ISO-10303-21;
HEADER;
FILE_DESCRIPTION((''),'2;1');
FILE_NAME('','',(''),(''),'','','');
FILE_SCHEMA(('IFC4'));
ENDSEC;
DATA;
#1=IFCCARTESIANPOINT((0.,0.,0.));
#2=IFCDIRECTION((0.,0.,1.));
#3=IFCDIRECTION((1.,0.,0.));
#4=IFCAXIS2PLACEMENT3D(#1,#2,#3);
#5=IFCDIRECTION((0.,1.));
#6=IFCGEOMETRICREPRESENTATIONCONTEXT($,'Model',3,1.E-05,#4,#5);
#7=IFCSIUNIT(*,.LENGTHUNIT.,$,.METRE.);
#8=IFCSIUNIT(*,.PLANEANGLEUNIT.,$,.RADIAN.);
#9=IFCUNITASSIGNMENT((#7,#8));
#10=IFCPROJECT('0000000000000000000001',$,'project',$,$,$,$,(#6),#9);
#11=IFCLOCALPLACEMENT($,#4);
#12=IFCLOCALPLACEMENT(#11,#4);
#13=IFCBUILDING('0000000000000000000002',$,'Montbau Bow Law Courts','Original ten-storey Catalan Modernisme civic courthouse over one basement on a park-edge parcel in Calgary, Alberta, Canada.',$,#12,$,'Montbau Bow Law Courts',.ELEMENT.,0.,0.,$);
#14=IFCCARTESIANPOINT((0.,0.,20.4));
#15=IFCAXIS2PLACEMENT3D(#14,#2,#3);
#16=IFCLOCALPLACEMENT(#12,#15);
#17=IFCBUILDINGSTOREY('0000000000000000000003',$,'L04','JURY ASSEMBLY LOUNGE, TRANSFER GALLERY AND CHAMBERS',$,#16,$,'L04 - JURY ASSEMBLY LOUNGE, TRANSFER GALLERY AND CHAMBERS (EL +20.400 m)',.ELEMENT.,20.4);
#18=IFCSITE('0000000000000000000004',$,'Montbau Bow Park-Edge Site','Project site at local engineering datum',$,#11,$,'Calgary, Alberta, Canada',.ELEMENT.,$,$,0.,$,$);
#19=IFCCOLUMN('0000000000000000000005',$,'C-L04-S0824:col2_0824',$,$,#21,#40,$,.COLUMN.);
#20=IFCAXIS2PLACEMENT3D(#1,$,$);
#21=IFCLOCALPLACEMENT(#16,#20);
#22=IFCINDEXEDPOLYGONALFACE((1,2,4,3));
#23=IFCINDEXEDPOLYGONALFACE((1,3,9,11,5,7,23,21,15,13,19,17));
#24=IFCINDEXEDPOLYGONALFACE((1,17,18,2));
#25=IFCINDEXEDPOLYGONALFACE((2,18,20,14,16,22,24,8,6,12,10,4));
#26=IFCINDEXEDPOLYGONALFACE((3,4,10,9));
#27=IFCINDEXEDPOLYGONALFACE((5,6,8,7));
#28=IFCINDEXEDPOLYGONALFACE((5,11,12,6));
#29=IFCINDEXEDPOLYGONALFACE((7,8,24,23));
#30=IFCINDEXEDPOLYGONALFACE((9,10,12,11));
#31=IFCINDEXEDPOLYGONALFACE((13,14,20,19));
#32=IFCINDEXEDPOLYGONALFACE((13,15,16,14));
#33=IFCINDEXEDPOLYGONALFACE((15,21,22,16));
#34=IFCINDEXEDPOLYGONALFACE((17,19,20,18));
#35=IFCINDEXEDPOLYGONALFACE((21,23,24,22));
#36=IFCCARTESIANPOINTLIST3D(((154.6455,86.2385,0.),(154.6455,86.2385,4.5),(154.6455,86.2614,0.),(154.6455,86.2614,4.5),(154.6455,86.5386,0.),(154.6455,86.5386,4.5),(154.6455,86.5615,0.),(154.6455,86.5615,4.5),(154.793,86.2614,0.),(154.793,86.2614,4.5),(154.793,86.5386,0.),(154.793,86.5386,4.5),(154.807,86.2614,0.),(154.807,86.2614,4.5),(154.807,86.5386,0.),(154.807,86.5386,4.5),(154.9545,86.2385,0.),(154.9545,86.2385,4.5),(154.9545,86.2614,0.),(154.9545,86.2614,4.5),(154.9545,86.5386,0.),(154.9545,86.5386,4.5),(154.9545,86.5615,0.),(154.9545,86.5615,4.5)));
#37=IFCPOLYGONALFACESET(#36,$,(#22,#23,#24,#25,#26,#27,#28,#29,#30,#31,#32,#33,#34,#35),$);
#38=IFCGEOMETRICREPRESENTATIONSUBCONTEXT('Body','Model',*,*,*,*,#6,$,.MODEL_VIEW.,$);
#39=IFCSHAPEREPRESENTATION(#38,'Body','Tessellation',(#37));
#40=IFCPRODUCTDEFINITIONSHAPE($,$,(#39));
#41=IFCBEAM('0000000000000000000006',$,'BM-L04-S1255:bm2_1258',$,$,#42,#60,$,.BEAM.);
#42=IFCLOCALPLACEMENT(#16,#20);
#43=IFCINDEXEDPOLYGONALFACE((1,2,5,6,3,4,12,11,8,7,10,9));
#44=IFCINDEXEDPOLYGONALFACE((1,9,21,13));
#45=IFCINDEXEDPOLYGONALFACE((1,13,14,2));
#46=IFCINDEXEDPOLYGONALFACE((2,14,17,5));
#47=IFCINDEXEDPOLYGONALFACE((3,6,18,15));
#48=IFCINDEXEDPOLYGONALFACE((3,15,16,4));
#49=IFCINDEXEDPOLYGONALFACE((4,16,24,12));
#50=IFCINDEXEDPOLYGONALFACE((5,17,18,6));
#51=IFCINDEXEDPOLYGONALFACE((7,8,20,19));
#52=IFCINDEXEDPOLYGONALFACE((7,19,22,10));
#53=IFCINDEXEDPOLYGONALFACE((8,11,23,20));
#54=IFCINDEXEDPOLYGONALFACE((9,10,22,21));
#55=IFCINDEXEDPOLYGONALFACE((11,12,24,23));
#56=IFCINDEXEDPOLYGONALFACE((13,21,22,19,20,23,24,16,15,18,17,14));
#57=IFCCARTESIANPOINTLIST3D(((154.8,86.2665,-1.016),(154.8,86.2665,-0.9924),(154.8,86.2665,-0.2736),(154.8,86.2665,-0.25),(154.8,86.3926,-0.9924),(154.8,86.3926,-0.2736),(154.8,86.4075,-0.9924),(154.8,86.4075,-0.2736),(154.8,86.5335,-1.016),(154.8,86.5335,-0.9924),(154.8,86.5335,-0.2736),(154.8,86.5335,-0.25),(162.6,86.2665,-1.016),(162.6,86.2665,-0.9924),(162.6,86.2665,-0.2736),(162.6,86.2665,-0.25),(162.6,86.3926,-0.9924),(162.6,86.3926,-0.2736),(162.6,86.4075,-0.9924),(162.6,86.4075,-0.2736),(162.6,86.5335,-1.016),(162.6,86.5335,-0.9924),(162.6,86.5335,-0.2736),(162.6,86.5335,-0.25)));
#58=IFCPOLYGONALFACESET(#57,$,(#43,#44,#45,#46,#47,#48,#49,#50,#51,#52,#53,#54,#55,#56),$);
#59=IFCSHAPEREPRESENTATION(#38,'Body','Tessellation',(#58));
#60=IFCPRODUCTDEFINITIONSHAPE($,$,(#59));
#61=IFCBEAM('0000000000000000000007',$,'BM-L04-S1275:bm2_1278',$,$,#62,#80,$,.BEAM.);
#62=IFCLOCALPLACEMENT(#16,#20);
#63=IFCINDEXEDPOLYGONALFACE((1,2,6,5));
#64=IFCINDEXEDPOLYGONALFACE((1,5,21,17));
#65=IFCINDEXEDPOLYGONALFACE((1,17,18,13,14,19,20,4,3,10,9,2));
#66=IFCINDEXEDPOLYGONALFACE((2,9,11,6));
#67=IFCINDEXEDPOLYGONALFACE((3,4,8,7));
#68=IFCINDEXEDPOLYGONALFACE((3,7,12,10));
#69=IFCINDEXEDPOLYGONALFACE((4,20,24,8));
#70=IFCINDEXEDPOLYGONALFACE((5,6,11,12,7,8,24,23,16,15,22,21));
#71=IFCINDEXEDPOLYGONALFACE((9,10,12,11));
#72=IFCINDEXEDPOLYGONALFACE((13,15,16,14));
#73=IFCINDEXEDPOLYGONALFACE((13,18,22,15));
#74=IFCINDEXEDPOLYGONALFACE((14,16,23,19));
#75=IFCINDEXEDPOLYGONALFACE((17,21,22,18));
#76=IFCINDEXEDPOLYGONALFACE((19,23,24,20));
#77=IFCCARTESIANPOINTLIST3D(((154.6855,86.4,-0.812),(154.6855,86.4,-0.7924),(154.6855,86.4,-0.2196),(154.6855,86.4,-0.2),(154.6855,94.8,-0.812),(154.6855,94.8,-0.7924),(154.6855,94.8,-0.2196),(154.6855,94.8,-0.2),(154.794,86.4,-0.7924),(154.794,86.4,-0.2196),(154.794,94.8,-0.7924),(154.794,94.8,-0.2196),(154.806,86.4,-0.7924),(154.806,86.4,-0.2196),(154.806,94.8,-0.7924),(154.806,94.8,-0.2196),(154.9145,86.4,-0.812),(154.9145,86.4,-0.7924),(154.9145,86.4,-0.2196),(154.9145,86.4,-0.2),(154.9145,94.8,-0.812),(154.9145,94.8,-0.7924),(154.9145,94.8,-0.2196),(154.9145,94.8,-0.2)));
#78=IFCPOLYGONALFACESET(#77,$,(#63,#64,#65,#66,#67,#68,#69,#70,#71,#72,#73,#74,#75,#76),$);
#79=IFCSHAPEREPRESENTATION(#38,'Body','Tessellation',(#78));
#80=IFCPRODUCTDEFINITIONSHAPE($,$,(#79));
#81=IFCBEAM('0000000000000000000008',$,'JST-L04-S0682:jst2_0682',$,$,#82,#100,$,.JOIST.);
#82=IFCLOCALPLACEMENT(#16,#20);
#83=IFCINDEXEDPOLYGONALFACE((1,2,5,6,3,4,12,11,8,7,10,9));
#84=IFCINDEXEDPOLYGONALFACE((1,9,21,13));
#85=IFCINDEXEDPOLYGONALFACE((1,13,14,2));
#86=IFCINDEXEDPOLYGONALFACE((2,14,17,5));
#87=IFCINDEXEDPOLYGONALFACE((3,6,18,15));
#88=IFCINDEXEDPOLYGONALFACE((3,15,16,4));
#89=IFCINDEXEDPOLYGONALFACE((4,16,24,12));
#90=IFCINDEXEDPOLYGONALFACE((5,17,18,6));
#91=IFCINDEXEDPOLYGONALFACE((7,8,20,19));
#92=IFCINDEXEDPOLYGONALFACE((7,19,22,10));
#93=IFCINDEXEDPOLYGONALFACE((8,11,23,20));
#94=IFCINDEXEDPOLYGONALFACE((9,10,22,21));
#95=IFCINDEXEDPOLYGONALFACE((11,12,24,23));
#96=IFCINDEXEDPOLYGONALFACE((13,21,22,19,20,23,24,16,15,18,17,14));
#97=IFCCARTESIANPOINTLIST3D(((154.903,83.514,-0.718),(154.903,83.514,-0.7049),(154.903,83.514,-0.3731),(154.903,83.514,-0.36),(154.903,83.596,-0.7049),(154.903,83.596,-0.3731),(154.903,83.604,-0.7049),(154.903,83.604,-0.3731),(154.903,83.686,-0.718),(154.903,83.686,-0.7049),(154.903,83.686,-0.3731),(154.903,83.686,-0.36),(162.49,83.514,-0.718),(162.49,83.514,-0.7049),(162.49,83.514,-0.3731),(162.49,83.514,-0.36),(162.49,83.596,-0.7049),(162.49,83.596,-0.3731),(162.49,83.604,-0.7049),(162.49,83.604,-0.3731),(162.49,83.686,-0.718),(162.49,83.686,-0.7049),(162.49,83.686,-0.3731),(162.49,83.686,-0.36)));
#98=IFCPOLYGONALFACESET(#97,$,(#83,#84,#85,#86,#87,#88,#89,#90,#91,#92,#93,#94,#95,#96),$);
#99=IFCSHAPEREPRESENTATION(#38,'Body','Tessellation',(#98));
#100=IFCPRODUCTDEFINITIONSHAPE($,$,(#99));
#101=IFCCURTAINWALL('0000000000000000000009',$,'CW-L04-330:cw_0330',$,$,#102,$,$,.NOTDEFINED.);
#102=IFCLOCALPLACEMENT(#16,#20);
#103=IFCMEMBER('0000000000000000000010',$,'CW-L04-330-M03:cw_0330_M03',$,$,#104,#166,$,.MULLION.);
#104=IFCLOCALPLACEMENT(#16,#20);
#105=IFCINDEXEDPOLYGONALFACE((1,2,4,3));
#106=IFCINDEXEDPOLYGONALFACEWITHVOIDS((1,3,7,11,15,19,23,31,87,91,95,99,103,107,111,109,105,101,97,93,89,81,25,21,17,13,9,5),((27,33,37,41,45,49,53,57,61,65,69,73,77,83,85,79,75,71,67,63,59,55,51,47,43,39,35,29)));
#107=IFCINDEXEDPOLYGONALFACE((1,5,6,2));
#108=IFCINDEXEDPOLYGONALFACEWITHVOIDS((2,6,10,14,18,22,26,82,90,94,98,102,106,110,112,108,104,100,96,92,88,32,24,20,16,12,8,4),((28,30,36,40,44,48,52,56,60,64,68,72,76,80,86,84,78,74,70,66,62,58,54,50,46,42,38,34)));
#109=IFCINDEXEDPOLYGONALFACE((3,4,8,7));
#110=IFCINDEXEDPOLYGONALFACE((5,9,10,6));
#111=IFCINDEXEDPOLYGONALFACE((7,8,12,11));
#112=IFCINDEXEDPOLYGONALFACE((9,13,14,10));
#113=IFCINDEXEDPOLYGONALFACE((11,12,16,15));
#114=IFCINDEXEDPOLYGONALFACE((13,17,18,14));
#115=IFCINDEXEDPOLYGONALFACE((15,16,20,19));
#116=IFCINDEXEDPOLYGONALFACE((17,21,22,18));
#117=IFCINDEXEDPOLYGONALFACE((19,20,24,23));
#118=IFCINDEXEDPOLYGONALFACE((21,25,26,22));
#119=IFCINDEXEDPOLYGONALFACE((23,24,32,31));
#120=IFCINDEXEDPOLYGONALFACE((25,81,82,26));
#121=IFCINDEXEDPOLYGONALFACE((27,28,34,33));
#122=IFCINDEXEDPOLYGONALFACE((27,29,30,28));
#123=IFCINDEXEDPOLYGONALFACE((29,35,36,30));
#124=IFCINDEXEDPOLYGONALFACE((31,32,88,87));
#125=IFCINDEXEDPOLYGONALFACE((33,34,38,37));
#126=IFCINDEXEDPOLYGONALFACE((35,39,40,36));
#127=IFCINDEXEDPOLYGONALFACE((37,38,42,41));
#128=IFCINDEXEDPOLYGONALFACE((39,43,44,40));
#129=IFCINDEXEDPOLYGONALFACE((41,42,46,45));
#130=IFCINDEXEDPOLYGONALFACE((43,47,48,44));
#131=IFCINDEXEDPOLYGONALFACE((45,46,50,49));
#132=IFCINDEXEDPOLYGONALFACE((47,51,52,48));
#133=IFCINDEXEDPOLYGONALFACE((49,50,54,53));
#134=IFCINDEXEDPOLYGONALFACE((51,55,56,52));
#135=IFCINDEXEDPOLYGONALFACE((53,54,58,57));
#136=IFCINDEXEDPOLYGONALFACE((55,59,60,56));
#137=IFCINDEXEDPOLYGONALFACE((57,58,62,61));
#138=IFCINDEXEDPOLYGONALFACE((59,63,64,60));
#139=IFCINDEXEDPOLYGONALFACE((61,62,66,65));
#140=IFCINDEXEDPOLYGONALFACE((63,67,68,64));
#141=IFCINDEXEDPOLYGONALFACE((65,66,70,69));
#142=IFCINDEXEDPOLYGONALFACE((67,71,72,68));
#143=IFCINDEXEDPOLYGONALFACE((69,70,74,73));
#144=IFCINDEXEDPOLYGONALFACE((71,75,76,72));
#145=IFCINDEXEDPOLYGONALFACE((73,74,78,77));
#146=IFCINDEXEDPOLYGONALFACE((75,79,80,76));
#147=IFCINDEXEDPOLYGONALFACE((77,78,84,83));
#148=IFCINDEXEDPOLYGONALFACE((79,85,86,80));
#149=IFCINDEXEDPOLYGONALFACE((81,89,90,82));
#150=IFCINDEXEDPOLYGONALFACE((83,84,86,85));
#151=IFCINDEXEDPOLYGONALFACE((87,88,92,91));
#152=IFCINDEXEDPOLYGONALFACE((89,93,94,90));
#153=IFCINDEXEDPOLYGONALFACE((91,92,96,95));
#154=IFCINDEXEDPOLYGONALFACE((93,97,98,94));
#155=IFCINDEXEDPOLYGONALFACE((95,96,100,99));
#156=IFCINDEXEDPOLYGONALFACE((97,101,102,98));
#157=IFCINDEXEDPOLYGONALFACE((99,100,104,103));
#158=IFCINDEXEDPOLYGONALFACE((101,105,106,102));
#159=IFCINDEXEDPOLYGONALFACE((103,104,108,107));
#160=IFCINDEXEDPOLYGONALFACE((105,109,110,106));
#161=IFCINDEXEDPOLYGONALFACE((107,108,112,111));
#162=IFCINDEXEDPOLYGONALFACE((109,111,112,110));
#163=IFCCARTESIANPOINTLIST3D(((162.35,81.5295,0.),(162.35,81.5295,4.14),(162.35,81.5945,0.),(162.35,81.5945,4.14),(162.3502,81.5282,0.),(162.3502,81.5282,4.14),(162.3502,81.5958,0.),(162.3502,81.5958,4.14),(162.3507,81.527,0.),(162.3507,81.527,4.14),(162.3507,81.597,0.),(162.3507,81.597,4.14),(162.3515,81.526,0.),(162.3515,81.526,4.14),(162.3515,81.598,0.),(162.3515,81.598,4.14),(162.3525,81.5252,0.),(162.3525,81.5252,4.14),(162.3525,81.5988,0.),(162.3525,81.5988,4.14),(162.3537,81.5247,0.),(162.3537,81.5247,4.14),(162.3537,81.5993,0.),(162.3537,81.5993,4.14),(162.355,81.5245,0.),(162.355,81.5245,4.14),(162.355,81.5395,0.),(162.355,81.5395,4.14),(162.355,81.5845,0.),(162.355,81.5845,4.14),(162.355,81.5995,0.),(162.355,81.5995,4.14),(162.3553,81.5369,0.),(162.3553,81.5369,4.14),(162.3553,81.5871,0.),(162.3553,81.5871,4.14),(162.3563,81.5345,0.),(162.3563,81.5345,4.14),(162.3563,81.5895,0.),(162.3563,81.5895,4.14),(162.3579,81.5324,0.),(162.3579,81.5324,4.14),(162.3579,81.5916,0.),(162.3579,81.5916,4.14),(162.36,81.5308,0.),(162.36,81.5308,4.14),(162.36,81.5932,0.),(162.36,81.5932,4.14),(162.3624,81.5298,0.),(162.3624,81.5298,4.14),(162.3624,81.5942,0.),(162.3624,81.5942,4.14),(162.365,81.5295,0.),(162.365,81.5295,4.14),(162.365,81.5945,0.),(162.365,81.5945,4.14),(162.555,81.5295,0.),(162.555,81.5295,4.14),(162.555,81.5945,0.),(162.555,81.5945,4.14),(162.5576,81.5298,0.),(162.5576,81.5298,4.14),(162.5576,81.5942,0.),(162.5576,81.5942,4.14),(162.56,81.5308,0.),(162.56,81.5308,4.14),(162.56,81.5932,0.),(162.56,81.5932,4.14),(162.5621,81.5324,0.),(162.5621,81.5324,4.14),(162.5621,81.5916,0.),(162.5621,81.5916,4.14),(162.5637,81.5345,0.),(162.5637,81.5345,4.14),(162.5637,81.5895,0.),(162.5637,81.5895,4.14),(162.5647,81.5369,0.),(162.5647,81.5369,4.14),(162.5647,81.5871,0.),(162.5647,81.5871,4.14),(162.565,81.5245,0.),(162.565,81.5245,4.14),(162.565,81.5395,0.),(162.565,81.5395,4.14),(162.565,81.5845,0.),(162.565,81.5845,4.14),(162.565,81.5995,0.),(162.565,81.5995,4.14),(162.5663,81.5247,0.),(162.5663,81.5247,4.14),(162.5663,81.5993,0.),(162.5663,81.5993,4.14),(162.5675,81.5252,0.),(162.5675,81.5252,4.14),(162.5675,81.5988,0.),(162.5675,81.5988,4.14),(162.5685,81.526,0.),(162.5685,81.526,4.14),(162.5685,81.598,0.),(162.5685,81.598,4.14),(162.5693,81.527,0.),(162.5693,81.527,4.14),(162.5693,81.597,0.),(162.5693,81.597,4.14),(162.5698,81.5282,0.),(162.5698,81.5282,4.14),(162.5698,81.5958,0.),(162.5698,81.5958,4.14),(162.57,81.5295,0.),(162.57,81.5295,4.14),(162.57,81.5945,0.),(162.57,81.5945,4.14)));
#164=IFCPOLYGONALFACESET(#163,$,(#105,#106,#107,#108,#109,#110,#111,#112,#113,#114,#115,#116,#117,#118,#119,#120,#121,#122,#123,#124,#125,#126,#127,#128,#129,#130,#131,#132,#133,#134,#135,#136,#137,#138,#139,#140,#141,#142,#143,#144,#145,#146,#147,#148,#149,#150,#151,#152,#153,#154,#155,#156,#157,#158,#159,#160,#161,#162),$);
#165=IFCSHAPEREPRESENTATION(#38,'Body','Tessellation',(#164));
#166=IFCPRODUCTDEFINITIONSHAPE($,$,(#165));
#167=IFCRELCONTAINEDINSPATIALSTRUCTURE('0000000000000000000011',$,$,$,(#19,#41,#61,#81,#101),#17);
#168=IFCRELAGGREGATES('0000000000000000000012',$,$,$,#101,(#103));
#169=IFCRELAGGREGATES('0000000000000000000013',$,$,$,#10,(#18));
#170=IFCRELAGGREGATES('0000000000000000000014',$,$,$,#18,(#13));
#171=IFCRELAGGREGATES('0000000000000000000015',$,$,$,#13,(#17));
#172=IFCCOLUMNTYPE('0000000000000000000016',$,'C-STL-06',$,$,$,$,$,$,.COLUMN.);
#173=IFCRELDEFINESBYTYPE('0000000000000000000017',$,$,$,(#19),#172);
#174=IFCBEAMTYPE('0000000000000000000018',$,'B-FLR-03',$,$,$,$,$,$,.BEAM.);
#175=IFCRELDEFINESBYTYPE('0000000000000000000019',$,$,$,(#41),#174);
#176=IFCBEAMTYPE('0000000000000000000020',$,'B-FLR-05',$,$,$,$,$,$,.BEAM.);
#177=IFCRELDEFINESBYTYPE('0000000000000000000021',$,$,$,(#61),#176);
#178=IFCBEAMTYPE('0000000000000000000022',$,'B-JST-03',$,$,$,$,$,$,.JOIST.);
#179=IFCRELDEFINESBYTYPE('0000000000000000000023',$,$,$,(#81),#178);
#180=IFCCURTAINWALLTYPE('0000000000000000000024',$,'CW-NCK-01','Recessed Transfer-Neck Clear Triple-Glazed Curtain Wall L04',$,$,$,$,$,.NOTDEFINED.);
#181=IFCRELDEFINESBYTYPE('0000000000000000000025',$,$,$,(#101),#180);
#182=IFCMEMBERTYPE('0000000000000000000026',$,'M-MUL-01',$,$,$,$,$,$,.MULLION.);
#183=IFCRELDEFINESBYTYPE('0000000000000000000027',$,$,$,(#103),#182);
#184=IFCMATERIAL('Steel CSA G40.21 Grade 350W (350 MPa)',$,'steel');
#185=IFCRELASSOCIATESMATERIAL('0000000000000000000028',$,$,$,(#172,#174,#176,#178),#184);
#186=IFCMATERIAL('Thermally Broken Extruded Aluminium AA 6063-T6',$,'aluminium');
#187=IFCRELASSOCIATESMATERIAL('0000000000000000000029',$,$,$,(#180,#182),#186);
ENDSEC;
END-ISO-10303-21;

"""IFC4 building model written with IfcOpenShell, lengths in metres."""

from ifc_helpers import new_model, si_unit, direction, frame, origin_with_axes, origin_2d_with_axis, place, context, subcontext, project, spatial, hollow_rectangle, i_section, extrude, material, material_profile, profile_set, type_object, element, aggregate, save


model = new_model("IFC4")

# Units and contexts
model_context = context("Model", 3, precision=1e-05, world=origin_with_axes(), true_north=direction((0.0, 1.0)))
body_context = subcontext(model_context, "Body", "Model", "MODEL_VIEW")
ifc_project = project(units=[si_unit("LENGTHUNIT", "METRE"), si_unit("PLANEANGLEUNIT", "RADIAN")], contexts=[model_context])

# Site, building, storey
site_placement = place(None, origin_with_axes())
site = spatial("IfcSite", under=ifc_project, at=site_placement, Name="Montbau Bow Park-Edge Site", Description="Project site at local engineering datum", LongName="Calgary, Alberta, Canada", CompositionType="ELEMENT", RefElevation=0.0)
building_placement = place(site_placement, origin_with_axes())
building = spatial("IfcBuilding", under=site, at=building_placement, Name="Montbau Bow Law Courts", Description="Original ten-storey Catalan Modernisme civic courthouse over one basement on a park-edge parcel in Calgary, Alberta, Canada.", LongName="Montbau Bow Law Courts", CompositionType="ELEMENT", ElevationOfRefHeight=0.0, ElevationOfTerrain=0.0)
storey_placement = place(building_placement, frame((0.0, 0.0, 20.4), z_axis=(0.0, 0.0, 1.0), x_axis=(1.0, 0.0, 0.0)))
storey = spatial("IfcBuildingStorey", under=building, at=storey_placement, Name="L04", Description="JURY ASSEMBLY LOUNGE, TRANSFER GALLERY AND CHAMBERS", LongName="L04 - JURY ASSEMBLY LOUNGE, TRANSFER GALLERY AND CHAMBERS (EL +20.400 m)", CompositionType="ELEMENT", Elevation=20.4)

# Column
ifc_material_1 = material(Name="Steel CSA G40.21 Grade 350W (350 MPa)", Category="steel")
ifc_material_profile_1 = material_profile(ifc_material_1, i_section(OverallWidth=0.309, OverallDepth=0.323, WebThickness=0.014, FlangeThickness=0.0229, at=origin_2d_with_axis()), Name="W310X143", Category="Main", Priority=0)
ifc_profile_set_1 = profile_set([ifc_material_profile_1], Name="Steel CSA G40.21 Grade 350W (350 MPa)")
column_type = type_object("IfcColumnType", Name="C-STL-06", PredefinedType="COLUMN", material=ifc_profile_set_1)
column_placement = place(None, frame((154.8, 86.4, 20.4), z_axis=(0.0, 0.0, 1.0), x_axis=(1.0, 0.0, 0.0)))
element("IfcColumn", 1, at=column_placement, inside=storey, type_object=column_type, Name="C-L04-S0824:col2_0824", PredefinedType="COLUMN", context=body_context, shape_type="SweptSolid", body=[
    extrude(i_section(OverallWidth=0.309, OverallDepth=0.323, WebThickness=0.014, FlangeThickness=0.0229, at=origin_2d_with_axis()), origin_with_axes(), (0.0, 0.0, 1.0), 4.5),
])

# Beams
ifc_material_profile_2 = material_profile(ifc_material_1, i_section(OverallWidth=0.267, OverallDepth=0.766, WebThickness=0.0149, FlangeThickness=0.0236, at=origin_2d_with_axis()), Name="W760X185", Category="Main", Priority=0)
ifc_profile_set_2 = profile_set([ifc_material_profile_2], Name="Steel CSA G40.21 Grade 350W (350 MPa)")
beam_type_1 = type_object("IfcBeamType", Name="B-FLR-03", PredefinedType="BEAM", material=ifc_profile_set_2)
beam_1_placement = place(None, frame((154.8, 86.4, 19.767), z_axis=(1.0, 0.0, 0.0), x_axis=(0.0, 1.0, 0.0)))
element("IfcBeam", 2, at=beam_1_placement, inside=storey, type_object=beam_type_1, Name="BM-L04-S1255:bm2_1258", PredefinedType="BEAM", context=body_context, shape_type="SweptSolid", body=[
    extrude(i_section(OverallWidth=0.267, OverallDepth=0.766, WebThickness=0.0149, FlangeThickness=0.0236, at=origin_2d_with_axis()), origin_with_axes(), (0.0, 0.0, 1.0), 7.8),
])
ifc_material_profile_3 = material_profile(ifc_material_1, i_section(OverallWidth=0.229, OverallDepth=0.612, WebThickness=0.0119, FlangeThickness=0.0196, at=origin_2d_with_axis()), Name="W610X125", Category="Main", Priority=0)
ifc_profile_set_3 = profile_set([ifc_material_profile_3], Name="Steel CSA G40.21 Grade 350W (350 MPa)")
beam_type_2 = type_object("IfcBeamType", Name="B-FLR-05", PredefinedType="BEAM", material=ifc_profile_set_3)
beam_2_placement = place(None, frame((154.8, 86.4, 19.894), z_axis=(0.0, 1.0, 0.0), x_axis=(-1.0, 0.0, 0.0)))
element("IfcBeam", 3, at=beam_2_placement, inside=storey, type_object=beam_type_2, Name="BM-L04-S1275:bm2_1278", PredefinedType="BEAM", context=body_context, shape_type="SweptSolid", body=[
    extrude(i_section(OverallWidth=0.229, OverallDepth=0.612, WebThickness=0.0119, FlangeThickness=0.0196, at=origin_2d_with_axis()), origin_with_axes(), (0.0, 0.0, 1.0), 8.4),
])
ifc_material_profile_4 = material_profile(ifc_material_1, i_section(OverallWidth=0.172, OverallDepth=0.358, WebThickness=0.0079, FlangeThickness=0.0131, at=origin_2d_with_axis()), Name="W360X57", Category="Main", Priority=0)
ifc_profile_set_4 = profile_set([ifc_material_profile_4], Name="Steel CSA G40.21 Grade 350W (350 MPa)")
beam_type_3 = type_object("IfcBeamType", Name="B-JST-03", PredefinedType="JOIST", material=ifc_profile_set_4)
beam_3_placement = place(None, frame((154.903, 83.6, 19.861), z_axis=(1.0, 0.0, 0.0), x_axis=(0.0, 1.0, 0.0)))
element("IfcBeam", 4, at=beam_3_placement, inside=storey, type_object=beam_type_3, Name="JST-L04-S0682:jst2_0682", PredefinedType="JOIST", context=body_context, shape_type="SweptSolid", body=[
    extrude(i_section(OverallWidth=0.172, OverallDepth=0.358, WebThickness=0.0079, FlangeThickness=0.0131, at=origin_2d_with_axis()), origin_with_axes(), (0.0, 0.0, 1.0), 7.587),
])

# Curtain wall, member
ifc_material_2 = material(Name="Thermally Broken Extruded Aluminium AA 6063-T6", Category="aluminium")
curtain_wall_type = type_object("IfcCurtainWallType", Name="CW-NCK-01", Description="Recessed Transfer-Neck Clear Triple-Glazed Curtain Wall L04", PredefinedType="NOTDEFINED", material=ifc_material_2)
curtain_wall_placement = place(None, frame((162.46, 78.515, 20.4), z_axis=(0.0, 0.0, 1.0), x_axis=(1.0, 0.0, 0.0)))
curtain_wall = element("IfcCurtainWall", 5, at=curtain_wall_placement, inside=storey, type_object=curtain_wall_type, Name="CW-L04-330:cw_0330", PredefinedType="NOTDEFINED")
ifc_material_profile_5 = material_profile(ifc_material_2, hollow_rectangle(XDim=0.075, YDim=0.22, WallThickness=0.005, InnerFilletRadius=0.01, OuterFilletRadius=0.005, at=origin_2d_with_axis()), Name="CWM-220X75", Category="Main", Priority=0)
ifc_profile_set_5 = profile_set([ifc_material_profile_5], Name="Thermally Broken Extruded Aluminium AA 6063-T6")
member_type_1 = type_object("IfcMemberType", Name="M-MUL-01", PredefinedType="MULLION", material=ifc_profile_set_5)
member_1_placement = place(None, frame((162.46, 81.562, 20.4), z_axis=(0.0, 0.0, 1.0), x_axis=(0.0, 1.0, 0.0)))
member_1 = element("IfcMember", 6, at=member_1_placement, type_object=member_type_1, Name="CW-L04-330-M03:cw_0330_M03", PredefinedType="MULLION", context=body_context, shape_type="SweptSolid", body=[
    extrude(hollow_rectangle(XDim=0.075, YDim=0.22, WallThickness=0.005, InnerFilletRadius=0.01, OuterFilletRadius=0.005, at=origin_2d_with_axis()), origin_with_axes(), (0.0, 0.0, 1.0), 4.14),
])
aggregate(curtain_wall, [member_1])

save(model, "model.ifc")
